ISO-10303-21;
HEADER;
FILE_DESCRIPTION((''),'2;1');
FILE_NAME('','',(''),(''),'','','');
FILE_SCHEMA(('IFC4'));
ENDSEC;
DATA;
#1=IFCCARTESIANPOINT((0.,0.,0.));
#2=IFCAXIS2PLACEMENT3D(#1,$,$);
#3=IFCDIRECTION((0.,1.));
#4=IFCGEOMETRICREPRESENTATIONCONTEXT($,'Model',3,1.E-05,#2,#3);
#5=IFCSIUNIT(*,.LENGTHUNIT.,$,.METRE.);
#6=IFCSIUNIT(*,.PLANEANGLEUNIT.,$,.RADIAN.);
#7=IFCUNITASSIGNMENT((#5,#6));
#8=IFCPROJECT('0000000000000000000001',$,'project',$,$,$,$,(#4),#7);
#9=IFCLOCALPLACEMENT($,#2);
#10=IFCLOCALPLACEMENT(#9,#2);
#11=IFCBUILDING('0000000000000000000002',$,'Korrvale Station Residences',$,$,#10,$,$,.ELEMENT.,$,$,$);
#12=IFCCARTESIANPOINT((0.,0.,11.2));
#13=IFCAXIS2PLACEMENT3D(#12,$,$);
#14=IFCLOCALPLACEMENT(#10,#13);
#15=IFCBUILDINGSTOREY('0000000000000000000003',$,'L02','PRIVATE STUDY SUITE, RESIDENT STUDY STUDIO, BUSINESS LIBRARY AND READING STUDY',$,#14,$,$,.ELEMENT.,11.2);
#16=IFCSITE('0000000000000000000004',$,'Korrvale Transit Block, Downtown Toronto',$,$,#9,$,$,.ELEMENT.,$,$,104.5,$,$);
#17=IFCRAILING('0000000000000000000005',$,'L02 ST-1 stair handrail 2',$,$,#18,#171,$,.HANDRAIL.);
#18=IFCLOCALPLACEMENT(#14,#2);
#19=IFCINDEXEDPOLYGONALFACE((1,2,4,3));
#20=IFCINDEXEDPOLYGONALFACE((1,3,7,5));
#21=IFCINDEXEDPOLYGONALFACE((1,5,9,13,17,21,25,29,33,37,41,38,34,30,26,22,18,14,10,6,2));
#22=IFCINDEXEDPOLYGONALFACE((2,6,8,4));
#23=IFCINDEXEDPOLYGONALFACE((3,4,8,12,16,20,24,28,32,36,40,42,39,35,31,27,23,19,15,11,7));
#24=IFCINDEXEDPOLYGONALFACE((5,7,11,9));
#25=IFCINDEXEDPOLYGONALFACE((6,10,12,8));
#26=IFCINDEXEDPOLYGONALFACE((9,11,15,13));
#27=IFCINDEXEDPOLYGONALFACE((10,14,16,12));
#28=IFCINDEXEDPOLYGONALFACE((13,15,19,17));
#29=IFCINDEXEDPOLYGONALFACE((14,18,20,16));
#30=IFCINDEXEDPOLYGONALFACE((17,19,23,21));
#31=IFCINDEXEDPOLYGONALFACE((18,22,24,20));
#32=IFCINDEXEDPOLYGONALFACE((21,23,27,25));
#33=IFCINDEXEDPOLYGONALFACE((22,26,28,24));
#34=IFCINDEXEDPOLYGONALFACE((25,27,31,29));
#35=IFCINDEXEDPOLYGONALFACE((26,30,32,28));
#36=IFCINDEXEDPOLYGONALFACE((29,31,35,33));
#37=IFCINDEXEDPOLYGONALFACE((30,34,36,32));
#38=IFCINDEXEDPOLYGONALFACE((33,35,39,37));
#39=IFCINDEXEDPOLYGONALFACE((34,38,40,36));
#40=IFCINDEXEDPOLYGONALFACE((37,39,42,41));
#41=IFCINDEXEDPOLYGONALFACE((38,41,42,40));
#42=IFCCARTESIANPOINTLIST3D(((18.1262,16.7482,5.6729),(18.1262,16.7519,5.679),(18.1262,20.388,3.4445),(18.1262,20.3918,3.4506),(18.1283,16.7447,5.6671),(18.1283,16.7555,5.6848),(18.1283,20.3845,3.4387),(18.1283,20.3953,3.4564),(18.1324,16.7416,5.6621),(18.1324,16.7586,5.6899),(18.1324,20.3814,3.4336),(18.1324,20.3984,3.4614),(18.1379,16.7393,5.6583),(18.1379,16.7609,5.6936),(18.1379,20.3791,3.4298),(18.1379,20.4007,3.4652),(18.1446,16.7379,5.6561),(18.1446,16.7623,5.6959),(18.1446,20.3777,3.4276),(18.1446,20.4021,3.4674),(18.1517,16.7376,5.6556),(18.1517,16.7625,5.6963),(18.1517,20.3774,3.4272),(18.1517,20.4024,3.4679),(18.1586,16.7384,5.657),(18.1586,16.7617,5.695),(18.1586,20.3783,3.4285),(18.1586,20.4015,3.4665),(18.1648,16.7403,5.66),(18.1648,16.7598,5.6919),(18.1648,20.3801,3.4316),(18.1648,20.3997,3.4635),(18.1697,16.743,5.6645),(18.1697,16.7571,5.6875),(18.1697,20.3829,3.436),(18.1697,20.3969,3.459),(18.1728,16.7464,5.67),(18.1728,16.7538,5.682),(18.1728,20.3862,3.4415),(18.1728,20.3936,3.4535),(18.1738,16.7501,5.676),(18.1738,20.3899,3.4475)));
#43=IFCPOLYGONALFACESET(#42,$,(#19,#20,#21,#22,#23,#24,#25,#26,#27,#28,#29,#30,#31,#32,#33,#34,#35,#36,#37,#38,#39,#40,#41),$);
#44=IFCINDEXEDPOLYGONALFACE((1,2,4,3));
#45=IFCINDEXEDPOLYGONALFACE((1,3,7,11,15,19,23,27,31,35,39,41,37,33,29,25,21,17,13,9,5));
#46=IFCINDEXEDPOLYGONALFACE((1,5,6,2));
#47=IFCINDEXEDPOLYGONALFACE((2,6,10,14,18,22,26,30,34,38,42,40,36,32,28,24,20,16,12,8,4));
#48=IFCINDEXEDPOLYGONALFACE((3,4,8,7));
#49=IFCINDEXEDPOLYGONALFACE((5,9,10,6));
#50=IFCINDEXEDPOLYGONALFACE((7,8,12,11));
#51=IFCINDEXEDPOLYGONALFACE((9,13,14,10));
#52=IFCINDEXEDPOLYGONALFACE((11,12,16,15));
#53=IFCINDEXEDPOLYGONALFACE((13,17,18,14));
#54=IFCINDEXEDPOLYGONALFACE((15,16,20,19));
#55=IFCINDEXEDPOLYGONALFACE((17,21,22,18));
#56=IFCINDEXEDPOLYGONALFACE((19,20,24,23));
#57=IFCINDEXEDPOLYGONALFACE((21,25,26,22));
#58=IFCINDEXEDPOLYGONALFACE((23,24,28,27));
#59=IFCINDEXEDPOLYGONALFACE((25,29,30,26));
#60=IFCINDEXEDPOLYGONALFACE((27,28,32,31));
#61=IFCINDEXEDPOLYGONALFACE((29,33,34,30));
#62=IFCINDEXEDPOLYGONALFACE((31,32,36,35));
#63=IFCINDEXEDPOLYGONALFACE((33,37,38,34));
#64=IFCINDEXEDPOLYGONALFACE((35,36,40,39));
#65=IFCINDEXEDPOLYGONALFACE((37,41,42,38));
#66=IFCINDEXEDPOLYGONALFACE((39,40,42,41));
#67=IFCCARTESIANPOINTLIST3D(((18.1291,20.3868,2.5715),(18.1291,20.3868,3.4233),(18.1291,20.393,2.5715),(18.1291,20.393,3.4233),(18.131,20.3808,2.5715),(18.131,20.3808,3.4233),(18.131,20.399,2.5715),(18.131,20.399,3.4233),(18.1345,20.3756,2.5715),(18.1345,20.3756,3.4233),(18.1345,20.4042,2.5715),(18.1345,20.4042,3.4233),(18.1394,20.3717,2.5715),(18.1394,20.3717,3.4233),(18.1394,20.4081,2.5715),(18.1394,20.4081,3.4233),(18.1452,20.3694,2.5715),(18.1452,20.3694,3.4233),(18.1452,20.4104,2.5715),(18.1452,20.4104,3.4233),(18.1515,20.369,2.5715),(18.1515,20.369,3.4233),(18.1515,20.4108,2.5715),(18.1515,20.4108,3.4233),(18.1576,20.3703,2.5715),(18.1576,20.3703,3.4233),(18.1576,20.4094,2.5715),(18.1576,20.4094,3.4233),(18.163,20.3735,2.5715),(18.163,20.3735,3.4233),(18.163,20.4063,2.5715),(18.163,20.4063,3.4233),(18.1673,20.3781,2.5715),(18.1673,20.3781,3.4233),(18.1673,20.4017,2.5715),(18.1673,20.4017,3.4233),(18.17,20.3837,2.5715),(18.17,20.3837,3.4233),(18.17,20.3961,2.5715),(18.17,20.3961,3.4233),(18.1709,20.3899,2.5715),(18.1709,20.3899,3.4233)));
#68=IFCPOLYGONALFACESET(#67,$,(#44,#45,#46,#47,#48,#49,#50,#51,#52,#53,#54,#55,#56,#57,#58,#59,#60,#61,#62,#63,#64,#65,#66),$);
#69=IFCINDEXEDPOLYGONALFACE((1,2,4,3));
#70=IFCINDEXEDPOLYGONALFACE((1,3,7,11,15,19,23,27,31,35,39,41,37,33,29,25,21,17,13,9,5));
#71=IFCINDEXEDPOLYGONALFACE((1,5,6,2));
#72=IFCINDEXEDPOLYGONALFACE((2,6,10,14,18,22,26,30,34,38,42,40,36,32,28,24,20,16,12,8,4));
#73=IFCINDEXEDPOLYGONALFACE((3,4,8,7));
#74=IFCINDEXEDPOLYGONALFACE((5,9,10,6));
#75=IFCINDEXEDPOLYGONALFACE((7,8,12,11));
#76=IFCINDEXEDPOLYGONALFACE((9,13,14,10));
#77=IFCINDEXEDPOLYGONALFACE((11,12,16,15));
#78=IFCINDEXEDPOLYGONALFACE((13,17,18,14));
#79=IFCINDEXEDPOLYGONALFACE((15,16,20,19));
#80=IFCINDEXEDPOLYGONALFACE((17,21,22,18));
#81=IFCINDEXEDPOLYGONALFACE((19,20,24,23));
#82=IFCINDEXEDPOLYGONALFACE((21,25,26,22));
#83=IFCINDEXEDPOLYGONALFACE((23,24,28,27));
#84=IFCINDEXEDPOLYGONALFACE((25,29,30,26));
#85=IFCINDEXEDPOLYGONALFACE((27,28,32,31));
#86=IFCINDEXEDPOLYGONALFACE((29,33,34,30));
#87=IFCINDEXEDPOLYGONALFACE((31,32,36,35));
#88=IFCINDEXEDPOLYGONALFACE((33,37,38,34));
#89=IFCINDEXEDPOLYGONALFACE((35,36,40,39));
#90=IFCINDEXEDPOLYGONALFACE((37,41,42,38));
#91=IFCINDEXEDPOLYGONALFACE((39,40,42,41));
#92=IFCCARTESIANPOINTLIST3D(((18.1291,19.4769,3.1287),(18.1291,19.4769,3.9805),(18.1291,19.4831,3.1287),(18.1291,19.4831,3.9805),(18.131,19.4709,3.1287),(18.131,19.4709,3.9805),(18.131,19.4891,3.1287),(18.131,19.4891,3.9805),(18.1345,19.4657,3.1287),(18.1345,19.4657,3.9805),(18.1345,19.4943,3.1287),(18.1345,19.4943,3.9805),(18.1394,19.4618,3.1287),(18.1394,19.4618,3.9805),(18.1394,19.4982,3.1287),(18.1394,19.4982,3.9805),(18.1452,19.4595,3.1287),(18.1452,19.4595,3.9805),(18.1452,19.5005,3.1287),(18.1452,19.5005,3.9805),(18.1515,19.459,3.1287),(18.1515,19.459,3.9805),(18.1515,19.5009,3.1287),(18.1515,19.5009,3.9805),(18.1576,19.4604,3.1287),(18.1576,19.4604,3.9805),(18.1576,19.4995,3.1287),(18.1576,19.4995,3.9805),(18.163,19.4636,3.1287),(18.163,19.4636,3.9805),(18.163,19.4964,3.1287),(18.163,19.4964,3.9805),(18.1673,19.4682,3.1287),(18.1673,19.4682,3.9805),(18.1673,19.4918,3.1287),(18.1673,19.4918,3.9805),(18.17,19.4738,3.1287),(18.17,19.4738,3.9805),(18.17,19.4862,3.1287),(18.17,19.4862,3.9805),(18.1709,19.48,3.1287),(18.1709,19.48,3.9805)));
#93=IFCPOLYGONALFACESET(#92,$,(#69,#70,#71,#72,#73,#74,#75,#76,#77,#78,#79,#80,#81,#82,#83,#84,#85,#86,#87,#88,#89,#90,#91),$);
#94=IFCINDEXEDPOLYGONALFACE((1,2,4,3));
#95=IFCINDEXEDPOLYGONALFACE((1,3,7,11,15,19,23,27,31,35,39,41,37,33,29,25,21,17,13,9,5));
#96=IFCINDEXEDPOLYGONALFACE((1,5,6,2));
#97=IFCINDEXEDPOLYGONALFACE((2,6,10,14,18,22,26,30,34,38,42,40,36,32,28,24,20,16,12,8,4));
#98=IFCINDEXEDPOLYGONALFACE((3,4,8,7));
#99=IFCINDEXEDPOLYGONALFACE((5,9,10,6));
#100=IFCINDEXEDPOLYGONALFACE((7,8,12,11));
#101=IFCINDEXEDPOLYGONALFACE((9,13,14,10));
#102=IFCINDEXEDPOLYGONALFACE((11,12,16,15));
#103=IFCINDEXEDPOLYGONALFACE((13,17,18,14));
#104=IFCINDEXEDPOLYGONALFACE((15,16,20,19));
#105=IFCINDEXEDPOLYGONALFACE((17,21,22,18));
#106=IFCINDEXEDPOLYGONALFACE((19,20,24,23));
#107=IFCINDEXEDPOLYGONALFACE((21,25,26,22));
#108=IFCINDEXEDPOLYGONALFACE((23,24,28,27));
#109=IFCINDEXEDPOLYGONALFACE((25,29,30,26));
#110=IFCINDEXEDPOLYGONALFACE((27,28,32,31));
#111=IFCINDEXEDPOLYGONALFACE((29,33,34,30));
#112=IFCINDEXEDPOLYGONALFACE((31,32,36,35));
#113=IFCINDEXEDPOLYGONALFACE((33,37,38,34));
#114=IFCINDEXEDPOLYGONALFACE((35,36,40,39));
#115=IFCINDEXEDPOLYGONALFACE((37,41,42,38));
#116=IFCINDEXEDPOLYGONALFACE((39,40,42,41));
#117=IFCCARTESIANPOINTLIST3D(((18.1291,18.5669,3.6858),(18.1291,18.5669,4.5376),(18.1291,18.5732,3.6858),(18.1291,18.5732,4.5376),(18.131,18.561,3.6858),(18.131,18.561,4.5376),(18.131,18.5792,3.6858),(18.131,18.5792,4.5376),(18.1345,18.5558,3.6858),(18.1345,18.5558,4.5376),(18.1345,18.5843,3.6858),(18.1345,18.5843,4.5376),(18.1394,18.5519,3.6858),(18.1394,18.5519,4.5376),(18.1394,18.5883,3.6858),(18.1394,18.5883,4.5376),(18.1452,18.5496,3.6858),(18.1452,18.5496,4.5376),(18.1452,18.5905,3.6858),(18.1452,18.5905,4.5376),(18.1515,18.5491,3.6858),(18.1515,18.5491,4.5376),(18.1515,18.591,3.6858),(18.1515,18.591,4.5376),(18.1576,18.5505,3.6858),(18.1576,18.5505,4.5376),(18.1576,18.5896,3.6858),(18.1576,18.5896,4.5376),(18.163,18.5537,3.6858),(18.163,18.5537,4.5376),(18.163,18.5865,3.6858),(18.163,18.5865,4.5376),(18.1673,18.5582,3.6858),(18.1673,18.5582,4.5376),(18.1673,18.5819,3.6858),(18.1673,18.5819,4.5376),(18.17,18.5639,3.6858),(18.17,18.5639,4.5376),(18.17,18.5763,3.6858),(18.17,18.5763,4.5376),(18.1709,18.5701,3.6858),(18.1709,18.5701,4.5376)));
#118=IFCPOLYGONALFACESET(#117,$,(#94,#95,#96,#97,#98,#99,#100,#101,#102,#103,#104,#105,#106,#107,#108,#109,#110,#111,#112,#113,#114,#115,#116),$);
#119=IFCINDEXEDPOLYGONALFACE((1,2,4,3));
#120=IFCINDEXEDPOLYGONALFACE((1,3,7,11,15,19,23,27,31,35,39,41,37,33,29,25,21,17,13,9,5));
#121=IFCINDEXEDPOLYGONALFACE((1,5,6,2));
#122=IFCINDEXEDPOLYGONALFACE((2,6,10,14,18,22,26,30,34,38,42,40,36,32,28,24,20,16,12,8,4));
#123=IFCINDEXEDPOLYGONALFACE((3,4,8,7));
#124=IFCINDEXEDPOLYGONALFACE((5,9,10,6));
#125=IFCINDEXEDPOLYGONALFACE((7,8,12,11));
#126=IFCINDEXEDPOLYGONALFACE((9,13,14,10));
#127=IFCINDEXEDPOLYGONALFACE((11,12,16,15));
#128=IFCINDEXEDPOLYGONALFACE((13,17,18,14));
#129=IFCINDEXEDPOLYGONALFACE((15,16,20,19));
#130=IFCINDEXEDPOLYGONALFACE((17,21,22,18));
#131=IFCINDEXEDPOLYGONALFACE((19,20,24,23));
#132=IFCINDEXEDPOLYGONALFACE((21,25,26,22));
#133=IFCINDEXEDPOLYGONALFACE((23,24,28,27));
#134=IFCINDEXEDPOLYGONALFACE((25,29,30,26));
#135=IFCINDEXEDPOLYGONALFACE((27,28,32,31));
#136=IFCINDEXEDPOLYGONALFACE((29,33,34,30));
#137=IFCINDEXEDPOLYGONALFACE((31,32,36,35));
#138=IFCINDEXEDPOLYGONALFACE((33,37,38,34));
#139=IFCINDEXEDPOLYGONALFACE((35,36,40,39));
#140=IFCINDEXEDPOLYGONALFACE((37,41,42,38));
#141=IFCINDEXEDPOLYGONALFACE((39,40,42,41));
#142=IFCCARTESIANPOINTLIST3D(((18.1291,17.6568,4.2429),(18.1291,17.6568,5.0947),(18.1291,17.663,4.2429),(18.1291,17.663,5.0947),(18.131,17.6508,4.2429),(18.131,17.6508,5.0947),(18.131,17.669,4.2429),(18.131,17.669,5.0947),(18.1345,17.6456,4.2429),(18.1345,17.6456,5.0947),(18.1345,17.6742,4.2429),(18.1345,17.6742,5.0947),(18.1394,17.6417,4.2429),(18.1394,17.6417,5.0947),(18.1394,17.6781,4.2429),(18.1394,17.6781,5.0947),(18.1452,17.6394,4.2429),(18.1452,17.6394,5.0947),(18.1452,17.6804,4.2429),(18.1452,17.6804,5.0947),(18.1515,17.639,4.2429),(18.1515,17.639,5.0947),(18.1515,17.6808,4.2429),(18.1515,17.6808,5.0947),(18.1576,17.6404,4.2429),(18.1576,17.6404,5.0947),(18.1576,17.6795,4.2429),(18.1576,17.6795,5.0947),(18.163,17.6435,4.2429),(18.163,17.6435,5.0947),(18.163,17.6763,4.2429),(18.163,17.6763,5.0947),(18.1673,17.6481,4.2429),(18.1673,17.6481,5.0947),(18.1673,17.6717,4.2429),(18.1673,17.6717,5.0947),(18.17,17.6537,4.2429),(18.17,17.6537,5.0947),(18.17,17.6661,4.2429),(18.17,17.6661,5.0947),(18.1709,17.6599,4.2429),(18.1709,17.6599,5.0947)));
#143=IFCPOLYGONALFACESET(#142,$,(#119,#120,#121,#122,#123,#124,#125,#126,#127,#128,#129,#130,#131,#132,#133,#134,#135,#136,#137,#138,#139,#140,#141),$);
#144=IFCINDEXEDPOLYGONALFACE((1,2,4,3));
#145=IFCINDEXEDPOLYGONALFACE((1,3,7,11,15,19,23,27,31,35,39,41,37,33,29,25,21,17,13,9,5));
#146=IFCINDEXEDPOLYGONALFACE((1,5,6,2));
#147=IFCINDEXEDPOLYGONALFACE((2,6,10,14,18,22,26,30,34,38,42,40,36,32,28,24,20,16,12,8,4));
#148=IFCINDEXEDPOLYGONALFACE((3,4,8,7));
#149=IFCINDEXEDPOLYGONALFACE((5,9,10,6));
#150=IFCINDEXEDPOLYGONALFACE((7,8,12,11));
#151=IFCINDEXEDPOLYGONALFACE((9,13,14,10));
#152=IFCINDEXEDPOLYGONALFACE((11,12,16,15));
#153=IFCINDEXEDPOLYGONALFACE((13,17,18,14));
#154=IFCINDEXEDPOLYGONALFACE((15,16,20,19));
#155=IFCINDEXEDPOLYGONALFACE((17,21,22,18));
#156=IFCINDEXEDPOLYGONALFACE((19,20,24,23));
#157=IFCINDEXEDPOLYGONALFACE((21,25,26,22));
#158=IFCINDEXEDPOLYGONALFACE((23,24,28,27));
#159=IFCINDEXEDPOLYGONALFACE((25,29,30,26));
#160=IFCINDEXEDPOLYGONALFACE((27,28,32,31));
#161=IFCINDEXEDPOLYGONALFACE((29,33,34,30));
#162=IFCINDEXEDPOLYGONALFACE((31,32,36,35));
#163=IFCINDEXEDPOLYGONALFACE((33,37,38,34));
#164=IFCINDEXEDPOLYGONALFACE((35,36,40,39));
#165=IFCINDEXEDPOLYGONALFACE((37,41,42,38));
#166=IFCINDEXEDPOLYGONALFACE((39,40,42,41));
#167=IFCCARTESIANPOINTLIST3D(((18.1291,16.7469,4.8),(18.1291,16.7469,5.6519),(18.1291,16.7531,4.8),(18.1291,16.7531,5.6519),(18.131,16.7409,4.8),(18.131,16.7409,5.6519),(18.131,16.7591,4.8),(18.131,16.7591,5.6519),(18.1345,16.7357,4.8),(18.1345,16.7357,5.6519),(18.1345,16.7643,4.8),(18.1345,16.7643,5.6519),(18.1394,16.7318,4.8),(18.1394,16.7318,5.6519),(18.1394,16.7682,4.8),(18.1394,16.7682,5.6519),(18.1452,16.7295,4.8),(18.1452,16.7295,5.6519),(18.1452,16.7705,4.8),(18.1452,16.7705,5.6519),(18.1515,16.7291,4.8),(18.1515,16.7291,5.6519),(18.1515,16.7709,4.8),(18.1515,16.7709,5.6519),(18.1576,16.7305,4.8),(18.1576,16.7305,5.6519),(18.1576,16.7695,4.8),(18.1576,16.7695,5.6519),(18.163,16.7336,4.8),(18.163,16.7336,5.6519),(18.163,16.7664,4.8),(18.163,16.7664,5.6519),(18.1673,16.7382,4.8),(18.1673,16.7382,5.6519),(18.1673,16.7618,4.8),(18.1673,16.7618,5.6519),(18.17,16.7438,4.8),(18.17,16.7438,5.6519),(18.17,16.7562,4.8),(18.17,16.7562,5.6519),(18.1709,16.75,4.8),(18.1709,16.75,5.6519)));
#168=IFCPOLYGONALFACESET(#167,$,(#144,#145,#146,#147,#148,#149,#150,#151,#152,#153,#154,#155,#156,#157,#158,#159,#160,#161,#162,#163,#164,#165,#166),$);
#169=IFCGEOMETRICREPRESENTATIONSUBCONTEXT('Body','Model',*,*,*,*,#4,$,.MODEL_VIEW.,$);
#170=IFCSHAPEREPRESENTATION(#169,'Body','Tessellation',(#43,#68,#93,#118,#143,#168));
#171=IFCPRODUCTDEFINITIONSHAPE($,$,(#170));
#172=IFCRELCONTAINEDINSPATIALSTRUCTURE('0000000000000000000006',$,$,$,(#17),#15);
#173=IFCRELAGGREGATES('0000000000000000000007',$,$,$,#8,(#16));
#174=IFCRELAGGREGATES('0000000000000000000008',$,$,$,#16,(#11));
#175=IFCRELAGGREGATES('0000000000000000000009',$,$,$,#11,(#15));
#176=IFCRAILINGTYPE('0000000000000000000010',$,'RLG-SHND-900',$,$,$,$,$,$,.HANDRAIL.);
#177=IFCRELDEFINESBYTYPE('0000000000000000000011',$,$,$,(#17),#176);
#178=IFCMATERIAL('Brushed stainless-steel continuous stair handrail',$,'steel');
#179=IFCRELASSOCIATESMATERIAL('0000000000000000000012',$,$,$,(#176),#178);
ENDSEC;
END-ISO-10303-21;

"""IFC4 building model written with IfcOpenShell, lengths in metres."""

from ifc_helpers import new_model, si_unit, direction, frame, origin, origin_2d, place, context, subcontext, project, spatial, circle, extrude, material, type_object, element, save


model = new_model("IFC4")

# Units and contexts
model_context = context("Model", 3, precision=1e-05, world=origin(), true_north=direction((0.0, 1.0)))
body_context = subcontext(model_context, "Body", "Model", "MODEL_VIEW")
ifc_project = project(units=[si_unit("LENGTHUNIT", "METRE"), si_unit("PLANEANGLEUNIT", "RADIAN")], contexts=[model_context])

# Site, building, storey
site_placement = place(None, origin())
site = spatial("IfcSite", under=ifc_project, at=site_placement, Name="Korrvale Transit Block, Downtown Toronto", CompositionType="ELEMENT", RefElevation=104.5)
building_placement = place(site_placement, origin())
building = spatial("IfcBuilding", under=site, at=building_placement, Name="Korrvale Station Residences", CompositionType="ELEMENT")
storey_placement = place(building_placement, frame((0.0, 0.0, 11.2)))
storey = spatial("IfcBuildingStorey", under=building, at=storey_placement, Name="L02", Description="PRIVATE STUDY SUITE, RESIDENT STUDY STUDIO, BUSINESS LIBRARY AND READING STUDY", CompositionType="ELEMENT", Elevation=11.2)

# Railing
ifc_material_1 = material(Name="Brushed stainless-steel continuous stair handrail", Category="steel")
railing_type_1 = type_object("IfcRailingType", Name="RLG-SHND-900", PredefinedType="HANDRAIL", material=ifc_material_1)
for number, where, name in (
    (1, (18.1499, 20.3899, 2.5715), "L02 ST-1 stair handrail 2"),
):
    element("IfcRailing", number, at=place(storey_placement, frame(where)), inside=storey, type_object=railing_type_1, Name=name, PredefinedType="HANDRAIL", context=body_context, shape_type="SweptSolid", body=[
        extrude(circle(Radius=0.0239, at=origin_2d()), frame((0.0, 0.0, 0.876), z_axis=(0.0, -0.85285, 0.522156), x_axis=(1.0, 0.0, 0.0)), (0.0, 0.0, 1.0), 4.2678),
        extrude(circle(Radius=0.021, at=origin_2d()), origin(), (0.0, 0.0, 1.0), 0.8518),
        extrude(circle(Radius=0.021, at=origin_2d()), frame((0.0, -0.9099, 0.5571)), (0.0, 0.0, 1.0), 0.8518),
        extrude(circle(Radius=0.021, at=origin_2d()), frame((0.0, -1.8198, 1.1143)), (0.0, 0.0, 1.0), 0.8518),
        extrude(circle(Radius=0.021, at=origin_2d()), frame((0.0, -2.73, 1.6714)), (0.0, 0.0, 1.0), 0.8518),
        extrude(circle(Radius=0.021, at=origin_2d()), frame((0.0, -3.6399, 2.2285)), (0.0, 0.0, 1.0), 0.8518),
    ])

save(model, "model.ifc")
